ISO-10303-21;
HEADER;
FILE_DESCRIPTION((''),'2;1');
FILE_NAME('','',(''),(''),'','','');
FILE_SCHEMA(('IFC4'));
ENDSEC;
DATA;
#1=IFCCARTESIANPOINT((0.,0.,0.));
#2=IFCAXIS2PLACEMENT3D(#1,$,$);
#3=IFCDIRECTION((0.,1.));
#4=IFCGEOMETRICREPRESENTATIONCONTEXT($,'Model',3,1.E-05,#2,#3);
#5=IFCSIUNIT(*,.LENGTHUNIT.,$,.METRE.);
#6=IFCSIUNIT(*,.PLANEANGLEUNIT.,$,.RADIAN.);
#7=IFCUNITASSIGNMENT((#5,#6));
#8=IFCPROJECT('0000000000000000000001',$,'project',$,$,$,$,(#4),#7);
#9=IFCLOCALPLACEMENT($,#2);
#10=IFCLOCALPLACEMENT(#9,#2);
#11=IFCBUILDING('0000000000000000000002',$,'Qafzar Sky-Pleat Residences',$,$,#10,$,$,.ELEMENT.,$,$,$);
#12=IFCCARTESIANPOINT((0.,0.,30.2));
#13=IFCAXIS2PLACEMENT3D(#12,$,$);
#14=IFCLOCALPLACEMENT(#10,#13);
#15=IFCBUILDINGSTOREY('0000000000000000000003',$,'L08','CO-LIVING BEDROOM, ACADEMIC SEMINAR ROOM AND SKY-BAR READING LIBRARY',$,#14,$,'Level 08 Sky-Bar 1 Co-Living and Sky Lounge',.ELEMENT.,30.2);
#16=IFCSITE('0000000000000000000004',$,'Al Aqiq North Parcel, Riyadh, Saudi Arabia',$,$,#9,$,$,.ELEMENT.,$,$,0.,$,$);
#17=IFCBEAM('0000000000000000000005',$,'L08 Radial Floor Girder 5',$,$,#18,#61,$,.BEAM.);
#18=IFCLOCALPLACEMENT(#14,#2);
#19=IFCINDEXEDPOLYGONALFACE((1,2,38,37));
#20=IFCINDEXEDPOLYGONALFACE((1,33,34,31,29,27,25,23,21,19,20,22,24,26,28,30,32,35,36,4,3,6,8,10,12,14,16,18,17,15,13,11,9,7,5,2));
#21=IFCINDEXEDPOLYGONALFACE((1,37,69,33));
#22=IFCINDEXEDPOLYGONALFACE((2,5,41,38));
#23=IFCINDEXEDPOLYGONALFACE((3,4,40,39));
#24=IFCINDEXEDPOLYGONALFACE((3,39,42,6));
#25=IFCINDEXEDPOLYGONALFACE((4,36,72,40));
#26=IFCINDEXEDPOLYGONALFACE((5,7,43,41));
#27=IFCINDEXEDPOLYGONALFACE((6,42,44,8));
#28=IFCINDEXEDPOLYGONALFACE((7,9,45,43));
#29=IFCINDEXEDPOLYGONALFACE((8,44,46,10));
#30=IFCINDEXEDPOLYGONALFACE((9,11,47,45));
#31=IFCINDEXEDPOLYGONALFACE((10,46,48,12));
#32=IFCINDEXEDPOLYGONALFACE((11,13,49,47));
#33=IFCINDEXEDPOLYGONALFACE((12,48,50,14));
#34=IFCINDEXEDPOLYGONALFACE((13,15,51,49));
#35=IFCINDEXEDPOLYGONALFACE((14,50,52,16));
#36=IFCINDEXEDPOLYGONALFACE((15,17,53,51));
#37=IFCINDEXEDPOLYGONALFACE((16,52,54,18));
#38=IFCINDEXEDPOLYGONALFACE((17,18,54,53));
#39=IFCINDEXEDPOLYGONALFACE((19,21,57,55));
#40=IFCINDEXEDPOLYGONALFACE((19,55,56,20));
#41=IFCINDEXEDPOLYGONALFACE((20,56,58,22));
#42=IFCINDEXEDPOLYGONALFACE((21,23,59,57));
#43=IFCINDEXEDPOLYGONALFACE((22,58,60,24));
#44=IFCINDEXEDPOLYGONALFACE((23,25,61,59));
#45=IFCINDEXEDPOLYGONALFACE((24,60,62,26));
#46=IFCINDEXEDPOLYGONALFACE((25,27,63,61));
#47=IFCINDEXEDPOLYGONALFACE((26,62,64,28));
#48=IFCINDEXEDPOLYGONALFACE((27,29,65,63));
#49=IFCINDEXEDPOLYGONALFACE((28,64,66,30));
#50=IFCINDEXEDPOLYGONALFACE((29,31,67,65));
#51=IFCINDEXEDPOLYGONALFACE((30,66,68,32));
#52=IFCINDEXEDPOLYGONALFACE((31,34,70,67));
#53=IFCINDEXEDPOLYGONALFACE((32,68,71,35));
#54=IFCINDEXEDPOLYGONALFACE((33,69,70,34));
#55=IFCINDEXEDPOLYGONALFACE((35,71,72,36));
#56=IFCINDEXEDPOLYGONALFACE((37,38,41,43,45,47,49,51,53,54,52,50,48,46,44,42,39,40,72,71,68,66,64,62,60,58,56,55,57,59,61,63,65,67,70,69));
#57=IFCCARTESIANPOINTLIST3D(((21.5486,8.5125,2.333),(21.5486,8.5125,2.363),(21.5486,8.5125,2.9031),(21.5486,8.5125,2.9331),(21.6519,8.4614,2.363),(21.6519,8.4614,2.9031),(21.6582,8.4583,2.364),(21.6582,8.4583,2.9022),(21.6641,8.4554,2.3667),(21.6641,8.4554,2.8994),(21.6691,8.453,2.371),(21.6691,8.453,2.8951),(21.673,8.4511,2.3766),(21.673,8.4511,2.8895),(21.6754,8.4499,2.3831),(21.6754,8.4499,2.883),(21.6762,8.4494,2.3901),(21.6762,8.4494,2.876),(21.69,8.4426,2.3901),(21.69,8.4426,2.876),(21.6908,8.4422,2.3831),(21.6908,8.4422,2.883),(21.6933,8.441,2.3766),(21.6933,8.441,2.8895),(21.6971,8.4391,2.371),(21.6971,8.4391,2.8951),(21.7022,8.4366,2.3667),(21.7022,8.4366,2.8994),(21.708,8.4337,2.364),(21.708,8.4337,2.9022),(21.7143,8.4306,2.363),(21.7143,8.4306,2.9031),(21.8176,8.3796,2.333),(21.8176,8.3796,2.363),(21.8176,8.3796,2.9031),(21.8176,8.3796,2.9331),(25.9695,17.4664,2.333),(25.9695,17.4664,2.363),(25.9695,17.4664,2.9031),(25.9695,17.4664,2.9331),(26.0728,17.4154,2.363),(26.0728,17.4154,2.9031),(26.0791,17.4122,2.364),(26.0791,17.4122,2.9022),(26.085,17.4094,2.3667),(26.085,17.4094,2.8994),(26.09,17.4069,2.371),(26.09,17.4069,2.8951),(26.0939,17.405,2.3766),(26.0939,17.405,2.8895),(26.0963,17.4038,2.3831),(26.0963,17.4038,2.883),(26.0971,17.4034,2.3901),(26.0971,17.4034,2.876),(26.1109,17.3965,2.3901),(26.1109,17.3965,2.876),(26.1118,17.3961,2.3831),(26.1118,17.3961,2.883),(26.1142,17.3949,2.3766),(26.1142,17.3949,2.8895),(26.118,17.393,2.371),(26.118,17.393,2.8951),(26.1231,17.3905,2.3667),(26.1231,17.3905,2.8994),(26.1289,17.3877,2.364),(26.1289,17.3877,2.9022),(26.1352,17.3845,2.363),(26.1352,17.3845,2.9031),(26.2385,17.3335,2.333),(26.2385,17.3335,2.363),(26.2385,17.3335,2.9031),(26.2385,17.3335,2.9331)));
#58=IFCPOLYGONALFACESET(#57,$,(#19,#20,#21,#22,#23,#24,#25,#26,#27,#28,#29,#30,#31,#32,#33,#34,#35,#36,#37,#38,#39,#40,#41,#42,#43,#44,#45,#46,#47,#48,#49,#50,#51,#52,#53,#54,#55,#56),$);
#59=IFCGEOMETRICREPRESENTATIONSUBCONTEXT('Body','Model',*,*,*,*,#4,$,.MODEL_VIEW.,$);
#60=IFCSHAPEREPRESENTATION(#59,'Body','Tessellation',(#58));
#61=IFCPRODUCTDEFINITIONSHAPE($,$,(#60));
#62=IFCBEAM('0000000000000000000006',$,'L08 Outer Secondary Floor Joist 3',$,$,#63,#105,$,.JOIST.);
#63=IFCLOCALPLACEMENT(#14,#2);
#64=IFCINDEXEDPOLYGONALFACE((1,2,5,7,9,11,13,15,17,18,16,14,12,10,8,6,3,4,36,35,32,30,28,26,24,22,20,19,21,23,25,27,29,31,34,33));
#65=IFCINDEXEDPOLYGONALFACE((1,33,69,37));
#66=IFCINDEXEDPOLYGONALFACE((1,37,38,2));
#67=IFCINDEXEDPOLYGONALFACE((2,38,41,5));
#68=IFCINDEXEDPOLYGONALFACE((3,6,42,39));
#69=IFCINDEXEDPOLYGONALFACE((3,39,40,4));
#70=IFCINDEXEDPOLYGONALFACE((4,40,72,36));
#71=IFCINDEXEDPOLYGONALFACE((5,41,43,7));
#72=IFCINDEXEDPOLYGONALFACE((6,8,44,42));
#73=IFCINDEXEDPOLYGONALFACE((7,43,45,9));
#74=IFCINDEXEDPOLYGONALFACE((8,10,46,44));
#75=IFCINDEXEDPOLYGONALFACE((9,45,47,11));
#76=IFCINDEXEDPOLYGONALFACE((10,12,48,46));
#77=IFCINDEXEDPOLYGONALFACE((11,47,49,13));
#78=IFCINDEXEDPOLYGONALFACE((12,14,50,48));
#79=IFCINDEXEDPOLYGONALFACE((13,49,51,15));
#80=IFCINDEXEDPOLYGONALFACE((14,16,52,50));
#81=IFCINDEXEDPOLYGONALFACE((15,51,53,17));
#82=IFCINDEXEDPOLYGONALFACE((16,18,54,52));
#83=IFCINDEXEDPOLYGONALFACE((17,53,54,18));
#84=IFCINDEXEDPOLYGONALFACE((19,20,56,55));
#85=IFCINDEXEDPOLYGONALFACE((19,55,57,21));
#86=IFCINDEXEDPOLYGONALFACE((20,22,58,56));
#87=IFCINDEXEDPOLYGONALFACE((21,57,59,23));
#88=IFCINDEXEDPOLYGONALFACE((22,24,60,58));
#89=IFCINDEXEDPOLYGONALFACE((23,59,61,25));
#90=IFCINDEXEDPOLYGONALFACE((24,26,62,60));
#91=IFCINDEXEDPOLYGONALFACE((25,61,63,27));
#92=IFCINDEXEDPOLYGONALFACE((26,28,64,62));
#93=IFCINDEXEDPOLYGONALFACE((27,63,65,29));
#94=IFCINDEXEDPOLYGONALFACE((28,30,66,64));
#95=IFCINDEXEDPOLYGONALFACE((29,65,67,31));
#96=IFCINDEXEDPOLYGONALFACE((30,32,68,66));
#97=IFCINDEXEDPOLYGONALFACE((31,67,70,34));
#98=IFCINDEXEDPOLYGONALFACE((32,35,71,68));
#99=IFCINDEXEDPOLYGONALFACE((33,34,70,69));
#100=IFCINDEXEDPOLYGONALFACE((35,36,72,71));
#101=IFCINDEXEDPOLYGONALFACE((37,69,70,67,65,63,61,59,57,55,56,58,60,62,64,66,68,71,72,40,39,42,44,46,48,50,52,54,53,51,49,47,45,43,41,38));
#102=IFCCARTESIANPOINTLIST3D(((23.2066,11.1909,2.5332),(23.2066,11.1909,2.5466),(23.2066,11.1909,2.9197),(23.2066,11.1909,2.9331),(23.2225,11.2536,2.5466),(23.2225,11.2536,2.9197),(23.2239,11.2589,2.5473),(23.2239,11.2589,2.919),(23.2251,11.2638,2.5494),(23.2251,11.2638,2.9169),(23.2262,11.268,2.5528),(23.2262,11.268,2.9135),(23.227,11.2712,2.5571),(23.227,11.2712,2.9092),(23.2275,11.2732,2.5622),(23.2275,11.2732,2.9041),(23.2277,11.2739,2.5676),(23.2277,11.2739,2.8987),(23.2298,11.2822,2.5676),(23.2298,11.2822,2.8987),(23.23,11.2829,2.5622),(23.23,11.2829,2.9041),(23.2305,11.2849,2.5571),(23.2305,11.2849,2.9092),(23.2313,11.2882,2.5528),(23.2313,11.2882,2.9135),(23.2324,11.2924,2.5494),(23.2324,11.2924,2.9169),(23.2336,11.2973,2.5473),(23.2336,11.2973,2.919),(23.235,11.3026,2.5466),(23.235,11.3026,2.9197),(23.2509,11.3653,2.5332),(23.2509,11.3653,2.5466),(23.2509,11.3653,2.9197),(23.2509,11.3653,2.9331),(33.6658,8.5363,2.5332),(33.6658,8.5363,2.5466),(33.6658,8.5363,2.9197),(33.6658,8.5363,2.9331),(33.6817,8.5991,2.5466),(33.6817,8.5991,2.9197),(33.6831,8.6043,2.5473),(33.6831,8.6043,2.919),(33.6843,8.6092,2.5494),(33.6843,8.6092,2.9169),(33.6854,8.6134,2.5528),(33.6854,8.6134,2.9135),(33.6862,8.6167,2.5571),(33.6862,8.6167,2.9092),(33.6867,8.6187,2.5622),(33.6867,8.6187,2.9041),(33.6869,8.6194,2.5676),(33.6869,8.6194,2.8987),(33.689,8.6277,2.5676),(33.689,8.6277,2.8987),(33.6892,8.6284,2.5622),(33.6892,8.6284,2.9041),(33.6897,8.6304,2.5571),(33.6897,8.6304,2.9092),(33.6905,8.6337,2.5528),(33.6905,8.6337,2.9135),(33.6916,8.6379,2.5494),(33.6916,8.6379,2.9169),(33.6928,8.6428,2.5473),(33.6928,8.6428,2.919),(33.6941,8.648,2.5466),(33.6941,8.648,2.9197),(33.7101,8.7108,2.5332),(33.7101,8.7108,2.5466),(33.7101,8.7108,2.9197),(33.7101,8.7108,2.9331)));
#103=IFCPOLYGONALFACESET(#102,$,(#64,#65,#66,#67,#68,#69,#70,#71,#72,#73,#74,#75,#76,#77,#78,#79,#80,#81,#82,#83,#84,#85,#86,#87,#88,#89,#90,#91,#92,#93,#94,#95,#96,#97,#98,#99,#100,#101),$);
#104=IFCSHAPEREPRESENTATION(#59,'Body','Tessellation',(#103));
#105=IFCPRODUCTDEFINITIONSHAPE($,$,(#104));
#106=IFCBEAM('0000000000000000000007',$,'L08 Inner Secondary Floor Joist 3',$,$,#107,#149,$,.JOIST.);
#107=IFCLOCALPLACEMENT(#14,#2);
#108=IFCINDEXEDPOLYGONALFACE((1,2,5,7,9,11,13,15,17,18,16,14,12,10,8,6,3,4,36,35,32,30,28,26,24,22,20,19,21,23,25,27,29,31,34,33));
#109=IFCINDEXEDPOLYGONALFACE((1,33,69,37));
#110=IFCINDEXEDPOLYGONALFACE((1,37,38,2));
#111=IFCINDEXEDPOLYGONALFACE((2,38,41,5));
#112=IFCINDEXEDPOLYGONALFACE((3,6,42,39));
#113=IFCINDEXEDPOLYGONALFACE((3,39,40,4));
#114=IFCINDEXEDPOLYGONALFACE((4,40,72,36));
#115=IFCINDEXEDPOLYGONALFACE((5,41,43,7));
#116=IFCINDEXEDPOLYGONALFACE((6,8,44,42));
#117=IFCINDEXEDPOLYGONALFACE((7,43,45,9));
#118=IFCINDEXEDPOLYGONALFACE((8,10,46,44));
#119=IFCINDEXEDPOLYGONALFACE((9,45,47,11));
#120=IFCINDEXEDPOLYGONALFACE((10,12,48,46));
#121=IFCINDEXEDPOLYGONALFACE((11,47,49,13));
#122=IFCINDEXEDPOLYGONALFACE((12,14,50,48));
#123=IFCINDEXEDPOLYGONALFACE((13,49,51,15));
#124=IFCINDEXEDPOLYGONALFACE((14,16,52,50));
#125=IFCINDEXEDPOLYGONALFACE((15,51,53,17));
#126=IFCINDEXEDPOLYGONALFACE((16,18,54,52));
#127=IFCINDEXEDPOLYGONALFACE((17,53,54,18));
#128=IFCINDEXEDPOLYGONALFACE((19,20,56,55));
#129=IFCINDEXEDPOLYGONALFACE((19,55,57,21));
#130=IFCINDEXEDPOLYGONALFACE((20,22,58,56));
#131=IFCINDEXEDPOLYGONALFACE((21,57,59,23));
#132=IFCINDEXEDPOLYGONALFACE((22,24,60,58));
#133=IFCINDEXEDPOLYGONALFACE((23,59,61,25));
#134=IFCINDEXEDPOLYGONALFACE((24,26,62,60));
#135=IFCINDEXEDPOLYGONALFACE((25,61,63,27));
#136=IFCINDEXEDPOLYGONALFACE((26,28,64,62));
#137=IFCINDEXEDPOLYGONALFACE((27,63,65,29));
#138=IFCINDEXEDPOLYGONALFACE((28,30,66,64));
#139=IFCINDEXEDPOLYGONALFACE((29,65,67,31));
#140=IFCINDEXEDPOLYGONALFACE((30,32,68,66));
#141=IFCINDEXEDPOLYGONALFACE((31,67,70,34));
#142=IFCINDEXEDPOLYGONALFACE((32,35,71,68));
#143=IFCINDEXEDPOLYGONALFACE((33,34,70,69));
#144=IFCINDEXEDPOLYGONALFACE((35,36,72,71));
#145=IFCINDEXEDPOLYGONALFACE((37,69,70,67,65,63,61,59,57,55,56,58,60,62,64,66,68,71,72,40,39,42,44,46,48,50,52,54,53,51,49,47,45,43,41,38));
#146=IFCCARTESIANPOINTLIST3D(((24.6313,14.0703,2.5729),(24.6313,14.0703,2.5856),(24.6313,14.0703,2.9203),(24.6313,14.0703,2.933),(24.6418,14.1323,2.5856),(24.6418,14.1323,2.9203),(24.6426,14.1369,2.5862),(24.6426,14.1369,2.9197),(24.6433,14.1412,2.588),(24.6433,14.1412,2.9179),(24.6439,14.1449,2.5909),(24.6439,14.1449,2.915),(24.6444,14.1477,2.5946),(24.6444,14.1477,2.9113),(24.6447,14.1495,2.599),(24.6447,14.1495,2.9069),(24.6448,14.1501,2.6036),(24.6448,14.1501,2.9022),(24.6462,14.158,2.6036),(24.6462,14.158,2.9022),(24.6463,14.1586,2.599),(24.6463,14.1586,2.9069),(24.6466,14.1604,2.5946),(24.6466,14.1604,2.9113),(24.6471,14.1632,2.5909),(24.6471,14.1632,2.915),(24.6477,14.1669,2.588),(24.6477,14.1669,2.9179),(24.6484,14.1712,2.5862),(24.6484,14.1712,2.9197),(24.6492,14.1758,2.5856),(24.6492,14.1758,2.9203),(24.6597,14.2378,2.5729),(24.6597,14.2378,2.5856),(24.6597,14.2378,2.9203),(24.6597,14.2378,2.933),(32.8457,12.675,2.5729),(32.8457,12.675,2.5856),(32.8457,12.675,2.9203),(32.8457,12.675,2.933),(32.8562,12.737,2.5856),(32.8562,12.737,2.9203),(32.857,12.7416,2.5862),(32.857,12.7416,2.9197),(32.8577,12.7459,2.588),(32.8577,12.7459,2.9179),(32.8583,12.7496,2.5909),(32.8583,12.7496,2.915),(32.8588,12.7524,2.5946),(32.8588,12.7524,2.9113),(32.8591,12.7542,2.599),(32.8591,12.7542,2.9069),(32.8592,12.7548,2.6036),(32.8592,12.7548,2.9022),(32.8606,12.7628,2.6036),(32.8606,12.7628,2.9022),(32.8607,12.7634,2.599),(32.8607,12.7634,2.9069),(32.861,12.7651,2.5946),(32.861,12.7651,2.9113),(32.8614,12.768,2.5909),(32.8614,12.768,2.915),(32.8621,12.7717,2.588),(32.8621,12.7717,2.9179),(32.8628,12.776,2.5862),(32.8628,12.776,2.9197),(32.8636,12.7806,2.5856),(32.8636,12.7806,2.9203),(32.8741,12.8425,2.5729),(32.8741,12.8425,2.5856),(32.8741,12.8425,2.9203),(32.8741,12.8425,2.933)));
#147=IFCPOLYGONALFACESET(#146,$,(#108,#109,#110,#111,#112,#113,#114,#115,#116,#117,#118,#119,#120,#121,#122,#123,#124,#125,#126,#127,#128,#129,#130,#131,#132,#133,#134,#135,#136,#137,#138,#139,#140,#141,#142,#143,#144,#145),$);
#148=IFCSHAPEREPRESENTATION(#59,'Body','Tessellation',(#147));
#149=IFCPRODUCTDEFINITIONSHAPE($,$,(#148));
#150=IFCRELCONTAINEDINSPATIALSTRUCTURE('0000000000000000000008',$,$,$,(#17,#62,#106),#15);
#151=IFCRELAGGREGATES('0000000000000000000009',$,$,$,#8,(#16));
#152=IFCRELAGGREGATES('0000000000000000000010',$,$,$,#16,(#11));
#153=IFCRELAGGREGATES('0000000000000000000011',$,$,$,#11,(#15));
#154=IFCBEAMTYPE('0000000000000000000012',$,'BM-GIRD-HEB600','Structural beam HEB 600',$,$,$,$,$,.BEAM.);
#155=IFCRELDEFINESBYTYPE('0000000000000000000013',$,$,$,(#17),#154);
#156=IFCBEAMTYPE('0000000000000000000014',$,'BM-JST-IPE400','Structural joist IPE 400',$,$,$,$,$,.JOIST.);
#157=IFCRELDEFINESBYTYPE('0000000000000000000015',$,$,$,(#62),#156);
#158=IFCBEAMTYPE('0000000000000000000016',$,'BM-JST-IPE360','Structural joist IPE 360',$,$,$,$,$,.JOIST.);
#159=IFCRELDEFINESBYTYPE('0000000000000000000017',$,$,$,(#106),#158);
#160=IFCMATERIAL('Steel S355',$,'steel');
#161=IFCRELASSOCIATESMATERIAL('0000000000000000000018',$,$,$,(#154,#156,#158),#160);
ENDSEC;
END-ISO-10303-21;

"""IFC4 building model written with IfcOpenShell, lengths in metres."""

from ifc_helpers import new_model, si_unit, direction, frame, origin, origin_2d, place, context, subcontext, project, spatial, i_section, extrude, source, transform, mapped, material, material_profile, profile_set, type_object, element, save


model = new_model("IFC4")

# Units and contexts
model_context = context("Model", 3, precision=1e-05, world=origin(), true_north=direction((0.0, 1.0)))
body_context = subcontext(model_context, "Body", "Model", "MODEL_VIEW")
ifc_project = project(units=[si_unit("LENGTHUNIT", "METRE"), si_unit("PLANEANGLEUNIT", "RADIAN")], contexts=[model_context])

# Site, building, storey
site_placement = place(None, origin())
site = spatial("IfcSite", under=ifc_project, at=site_placement, Name="Al Aqiq North Parcel, Riyadh, Saudi Arabia", CompositionType="ELEMENT", RefElevation=0.0)
building_placement = place(site_placement, origin())
building = spatial("IfcBuilding", under=site, at=building_placement, Name="Qafzar Sky-Pleat Residences", CompositionType="ELEMENT")
storey_placement = place(building_placement, frame((0.0, 0.0, 30.2)))
storey = spatial("IfcBuildingStorey", under=building, at=storey_placement, Name="L08", Description="CO-LIVING BEDROOM, ACADEMIC SEMINAR ROOM AND SKY-BAR READING LIBRARY", LongName="Level 08 Sky-Bar 1 Co-Living and Sky Lounge", CompositionType="ELEMENT", Elevation=30.2)

# Beams
ifc_material_1 = material(Name="Steel S355", Category="steel")
ifc_material_profile_1 = material_profile(ifc_material_1, i_section(OverallWidth=0.3, OverallDepth=0.6001, WebThickness=0.0154, FlangeThickness=0.03, FilletRadius=0.0271, at=origin_2d()), Name="HEB 600")
ifc_profile_set_1 = profile_set([ifc_material_profile_1], Name="Steel S355")
beam_type_1 = type_object("IfcBeamType", Name="BM-GIRD-HEB600", Description="Structural beam HEB 600", PredefinedType="BEAM", material=ifc_profile_set_1)
shared_shape_1 = source(origin(), body_context, "Body", "SweptSolid", [
    extrude(i_section(OverallWidth=0.3, OverallDepth=0.6001, WebThickness=0.0154, FlangeThickness=0.03, FilletRadius=0.0271, at=origin_2d()), origin(), (0.0, 0.0, 1.0), 9.9858),
])
beam_1_placement = place(storey_placement, frame((21.6831, 8.446, 2.6331), z_axis=(0.442719, 0.89666, 0.0), x_axis=(-0.89666, 0.442719, 0.0)))
element("IfcBeam", 1, at=beam_1_placement, inside=storey, type_object=beam_type_1, Name="L08 Radial Floor Girder 5", PredefinedType="BEAM", context=body_context, shape_type="MappedRepresentation", body=[
    mapped(shared_shape_1, transform((0.0, 0.0, 0.0), x_axis=(1.0, 0.0, 0.0), y_axis=(0.0, 1.0, 0.0), z_axis=(0.0, 0.0, 1.0), scale=1.0)),
])
ifc_material_profile_2 = material_profile(ifc_material_1, i_section(OverallWidth=0.1799, OverallDepth=0.3999, WebThickness=0.0085, FlangeThickness=0.0134, FilletRadius=0.021, at=origin_2d()), Name="IPE 400")
ifc_profile_set_2 = profile_set([ifc_material_profile_2], Name="Steel S355")
beam_type_2 = type_object("IfcBeamType", Name="BM-JST-IPE400", Description="Structural joist IPE 400", PredefinedType="JOIST", material=ifc_profile_set_2)
shared_shape_2 = source(origin(), body_context, "Body", "SweptSolid", [
    extrude(i_section(OverallWidth=0.1799, OverallDepth=0.3999, WebThickness=0.0085, FlangeThickness=0.0134, FilletRadius=0.021, at=origin_2d()), origin(), (0.0, 0.0, 1.0), 10.7908),
])
beam_2_placement = place(storey_placement, frame((23.2288, 11.2781, 2.7332), z_axis=(0.96927, -0.246, 0.0), x_axis=(0.246, 0.96927, 0.0)))
element("IfcBeam", 2, at=beam_2_placement, inside=storey, type_object=beam_type_2, Name="L08 Outer Secondary Floor Joist 3", PredefinedType="JOIST", context=body_context, shape_type="MappedRepresentation", body=[
    mapped(shared_shape_2, transform((0.0, 0.0, 0.0), x_axis=(1.0, 0.0, 0.0), y_axis=(0.0, 1.0, 0.0), z_axis=(0.0, 0.0, 1.0), scale=1.0)),
])
ifc_material_profile_3 = material_profile(ifc_material_1, i_section(OverallWidth=0.1699, OverallDepth=0.3601, WebThickness=0.0081, FlangeThickness=0.0127, FilletRadius=0.0181, at=origin_2d()), Name="IPE 360")
ifc_profile_set_3 = profile_set([ifc_material_profile_3], Name="Steel S355")
beam_type_3 = type_object("IfcBeamType", Name="BM-JST-IPE360", Description="Structural joist IPE 360", PredefinedType="JOIST", material=ifc_profile_set_3)
shared_shape_3 = source(origin(), body_context, "Body", "SweptSolid", [
    extrude(i_section(OverallWidth=0.1699, OverallDepth=0.3601, WebThickness=0.0081, FlangeThickness=0.0127, FilletRadius=0.0181, at=origin_2d()), origin(), (0.0, 0.0, 1.0), 8.332),
])
beam_3_placement = place(storey_placement, frame((24.6455, 14.1541, 2.7529), z_axis=(0.985879, -0.167458, 0.0), x_axis=(0.167458, 0.985879, 0.0)))
element("IfcBeam", 3, at=beam_3_placement, inside=storey, type_object=beam_type_3, Name="L08 Inner Secondary Floor Joist 3", PredefinedType="JOIST", context=body_context, shape_type="MappedRepresentation", body=[
    mapped(shared_shape_3, transform((0.0, 0.0, 0.0), x_axis=(1.0, 0.0, 0.0), y_axis=(0.0, 1.0, 0.0), z_axis=(0.0, 0.0, 1.0), scale=1.0)),
])

save(model, "model.ifc")
